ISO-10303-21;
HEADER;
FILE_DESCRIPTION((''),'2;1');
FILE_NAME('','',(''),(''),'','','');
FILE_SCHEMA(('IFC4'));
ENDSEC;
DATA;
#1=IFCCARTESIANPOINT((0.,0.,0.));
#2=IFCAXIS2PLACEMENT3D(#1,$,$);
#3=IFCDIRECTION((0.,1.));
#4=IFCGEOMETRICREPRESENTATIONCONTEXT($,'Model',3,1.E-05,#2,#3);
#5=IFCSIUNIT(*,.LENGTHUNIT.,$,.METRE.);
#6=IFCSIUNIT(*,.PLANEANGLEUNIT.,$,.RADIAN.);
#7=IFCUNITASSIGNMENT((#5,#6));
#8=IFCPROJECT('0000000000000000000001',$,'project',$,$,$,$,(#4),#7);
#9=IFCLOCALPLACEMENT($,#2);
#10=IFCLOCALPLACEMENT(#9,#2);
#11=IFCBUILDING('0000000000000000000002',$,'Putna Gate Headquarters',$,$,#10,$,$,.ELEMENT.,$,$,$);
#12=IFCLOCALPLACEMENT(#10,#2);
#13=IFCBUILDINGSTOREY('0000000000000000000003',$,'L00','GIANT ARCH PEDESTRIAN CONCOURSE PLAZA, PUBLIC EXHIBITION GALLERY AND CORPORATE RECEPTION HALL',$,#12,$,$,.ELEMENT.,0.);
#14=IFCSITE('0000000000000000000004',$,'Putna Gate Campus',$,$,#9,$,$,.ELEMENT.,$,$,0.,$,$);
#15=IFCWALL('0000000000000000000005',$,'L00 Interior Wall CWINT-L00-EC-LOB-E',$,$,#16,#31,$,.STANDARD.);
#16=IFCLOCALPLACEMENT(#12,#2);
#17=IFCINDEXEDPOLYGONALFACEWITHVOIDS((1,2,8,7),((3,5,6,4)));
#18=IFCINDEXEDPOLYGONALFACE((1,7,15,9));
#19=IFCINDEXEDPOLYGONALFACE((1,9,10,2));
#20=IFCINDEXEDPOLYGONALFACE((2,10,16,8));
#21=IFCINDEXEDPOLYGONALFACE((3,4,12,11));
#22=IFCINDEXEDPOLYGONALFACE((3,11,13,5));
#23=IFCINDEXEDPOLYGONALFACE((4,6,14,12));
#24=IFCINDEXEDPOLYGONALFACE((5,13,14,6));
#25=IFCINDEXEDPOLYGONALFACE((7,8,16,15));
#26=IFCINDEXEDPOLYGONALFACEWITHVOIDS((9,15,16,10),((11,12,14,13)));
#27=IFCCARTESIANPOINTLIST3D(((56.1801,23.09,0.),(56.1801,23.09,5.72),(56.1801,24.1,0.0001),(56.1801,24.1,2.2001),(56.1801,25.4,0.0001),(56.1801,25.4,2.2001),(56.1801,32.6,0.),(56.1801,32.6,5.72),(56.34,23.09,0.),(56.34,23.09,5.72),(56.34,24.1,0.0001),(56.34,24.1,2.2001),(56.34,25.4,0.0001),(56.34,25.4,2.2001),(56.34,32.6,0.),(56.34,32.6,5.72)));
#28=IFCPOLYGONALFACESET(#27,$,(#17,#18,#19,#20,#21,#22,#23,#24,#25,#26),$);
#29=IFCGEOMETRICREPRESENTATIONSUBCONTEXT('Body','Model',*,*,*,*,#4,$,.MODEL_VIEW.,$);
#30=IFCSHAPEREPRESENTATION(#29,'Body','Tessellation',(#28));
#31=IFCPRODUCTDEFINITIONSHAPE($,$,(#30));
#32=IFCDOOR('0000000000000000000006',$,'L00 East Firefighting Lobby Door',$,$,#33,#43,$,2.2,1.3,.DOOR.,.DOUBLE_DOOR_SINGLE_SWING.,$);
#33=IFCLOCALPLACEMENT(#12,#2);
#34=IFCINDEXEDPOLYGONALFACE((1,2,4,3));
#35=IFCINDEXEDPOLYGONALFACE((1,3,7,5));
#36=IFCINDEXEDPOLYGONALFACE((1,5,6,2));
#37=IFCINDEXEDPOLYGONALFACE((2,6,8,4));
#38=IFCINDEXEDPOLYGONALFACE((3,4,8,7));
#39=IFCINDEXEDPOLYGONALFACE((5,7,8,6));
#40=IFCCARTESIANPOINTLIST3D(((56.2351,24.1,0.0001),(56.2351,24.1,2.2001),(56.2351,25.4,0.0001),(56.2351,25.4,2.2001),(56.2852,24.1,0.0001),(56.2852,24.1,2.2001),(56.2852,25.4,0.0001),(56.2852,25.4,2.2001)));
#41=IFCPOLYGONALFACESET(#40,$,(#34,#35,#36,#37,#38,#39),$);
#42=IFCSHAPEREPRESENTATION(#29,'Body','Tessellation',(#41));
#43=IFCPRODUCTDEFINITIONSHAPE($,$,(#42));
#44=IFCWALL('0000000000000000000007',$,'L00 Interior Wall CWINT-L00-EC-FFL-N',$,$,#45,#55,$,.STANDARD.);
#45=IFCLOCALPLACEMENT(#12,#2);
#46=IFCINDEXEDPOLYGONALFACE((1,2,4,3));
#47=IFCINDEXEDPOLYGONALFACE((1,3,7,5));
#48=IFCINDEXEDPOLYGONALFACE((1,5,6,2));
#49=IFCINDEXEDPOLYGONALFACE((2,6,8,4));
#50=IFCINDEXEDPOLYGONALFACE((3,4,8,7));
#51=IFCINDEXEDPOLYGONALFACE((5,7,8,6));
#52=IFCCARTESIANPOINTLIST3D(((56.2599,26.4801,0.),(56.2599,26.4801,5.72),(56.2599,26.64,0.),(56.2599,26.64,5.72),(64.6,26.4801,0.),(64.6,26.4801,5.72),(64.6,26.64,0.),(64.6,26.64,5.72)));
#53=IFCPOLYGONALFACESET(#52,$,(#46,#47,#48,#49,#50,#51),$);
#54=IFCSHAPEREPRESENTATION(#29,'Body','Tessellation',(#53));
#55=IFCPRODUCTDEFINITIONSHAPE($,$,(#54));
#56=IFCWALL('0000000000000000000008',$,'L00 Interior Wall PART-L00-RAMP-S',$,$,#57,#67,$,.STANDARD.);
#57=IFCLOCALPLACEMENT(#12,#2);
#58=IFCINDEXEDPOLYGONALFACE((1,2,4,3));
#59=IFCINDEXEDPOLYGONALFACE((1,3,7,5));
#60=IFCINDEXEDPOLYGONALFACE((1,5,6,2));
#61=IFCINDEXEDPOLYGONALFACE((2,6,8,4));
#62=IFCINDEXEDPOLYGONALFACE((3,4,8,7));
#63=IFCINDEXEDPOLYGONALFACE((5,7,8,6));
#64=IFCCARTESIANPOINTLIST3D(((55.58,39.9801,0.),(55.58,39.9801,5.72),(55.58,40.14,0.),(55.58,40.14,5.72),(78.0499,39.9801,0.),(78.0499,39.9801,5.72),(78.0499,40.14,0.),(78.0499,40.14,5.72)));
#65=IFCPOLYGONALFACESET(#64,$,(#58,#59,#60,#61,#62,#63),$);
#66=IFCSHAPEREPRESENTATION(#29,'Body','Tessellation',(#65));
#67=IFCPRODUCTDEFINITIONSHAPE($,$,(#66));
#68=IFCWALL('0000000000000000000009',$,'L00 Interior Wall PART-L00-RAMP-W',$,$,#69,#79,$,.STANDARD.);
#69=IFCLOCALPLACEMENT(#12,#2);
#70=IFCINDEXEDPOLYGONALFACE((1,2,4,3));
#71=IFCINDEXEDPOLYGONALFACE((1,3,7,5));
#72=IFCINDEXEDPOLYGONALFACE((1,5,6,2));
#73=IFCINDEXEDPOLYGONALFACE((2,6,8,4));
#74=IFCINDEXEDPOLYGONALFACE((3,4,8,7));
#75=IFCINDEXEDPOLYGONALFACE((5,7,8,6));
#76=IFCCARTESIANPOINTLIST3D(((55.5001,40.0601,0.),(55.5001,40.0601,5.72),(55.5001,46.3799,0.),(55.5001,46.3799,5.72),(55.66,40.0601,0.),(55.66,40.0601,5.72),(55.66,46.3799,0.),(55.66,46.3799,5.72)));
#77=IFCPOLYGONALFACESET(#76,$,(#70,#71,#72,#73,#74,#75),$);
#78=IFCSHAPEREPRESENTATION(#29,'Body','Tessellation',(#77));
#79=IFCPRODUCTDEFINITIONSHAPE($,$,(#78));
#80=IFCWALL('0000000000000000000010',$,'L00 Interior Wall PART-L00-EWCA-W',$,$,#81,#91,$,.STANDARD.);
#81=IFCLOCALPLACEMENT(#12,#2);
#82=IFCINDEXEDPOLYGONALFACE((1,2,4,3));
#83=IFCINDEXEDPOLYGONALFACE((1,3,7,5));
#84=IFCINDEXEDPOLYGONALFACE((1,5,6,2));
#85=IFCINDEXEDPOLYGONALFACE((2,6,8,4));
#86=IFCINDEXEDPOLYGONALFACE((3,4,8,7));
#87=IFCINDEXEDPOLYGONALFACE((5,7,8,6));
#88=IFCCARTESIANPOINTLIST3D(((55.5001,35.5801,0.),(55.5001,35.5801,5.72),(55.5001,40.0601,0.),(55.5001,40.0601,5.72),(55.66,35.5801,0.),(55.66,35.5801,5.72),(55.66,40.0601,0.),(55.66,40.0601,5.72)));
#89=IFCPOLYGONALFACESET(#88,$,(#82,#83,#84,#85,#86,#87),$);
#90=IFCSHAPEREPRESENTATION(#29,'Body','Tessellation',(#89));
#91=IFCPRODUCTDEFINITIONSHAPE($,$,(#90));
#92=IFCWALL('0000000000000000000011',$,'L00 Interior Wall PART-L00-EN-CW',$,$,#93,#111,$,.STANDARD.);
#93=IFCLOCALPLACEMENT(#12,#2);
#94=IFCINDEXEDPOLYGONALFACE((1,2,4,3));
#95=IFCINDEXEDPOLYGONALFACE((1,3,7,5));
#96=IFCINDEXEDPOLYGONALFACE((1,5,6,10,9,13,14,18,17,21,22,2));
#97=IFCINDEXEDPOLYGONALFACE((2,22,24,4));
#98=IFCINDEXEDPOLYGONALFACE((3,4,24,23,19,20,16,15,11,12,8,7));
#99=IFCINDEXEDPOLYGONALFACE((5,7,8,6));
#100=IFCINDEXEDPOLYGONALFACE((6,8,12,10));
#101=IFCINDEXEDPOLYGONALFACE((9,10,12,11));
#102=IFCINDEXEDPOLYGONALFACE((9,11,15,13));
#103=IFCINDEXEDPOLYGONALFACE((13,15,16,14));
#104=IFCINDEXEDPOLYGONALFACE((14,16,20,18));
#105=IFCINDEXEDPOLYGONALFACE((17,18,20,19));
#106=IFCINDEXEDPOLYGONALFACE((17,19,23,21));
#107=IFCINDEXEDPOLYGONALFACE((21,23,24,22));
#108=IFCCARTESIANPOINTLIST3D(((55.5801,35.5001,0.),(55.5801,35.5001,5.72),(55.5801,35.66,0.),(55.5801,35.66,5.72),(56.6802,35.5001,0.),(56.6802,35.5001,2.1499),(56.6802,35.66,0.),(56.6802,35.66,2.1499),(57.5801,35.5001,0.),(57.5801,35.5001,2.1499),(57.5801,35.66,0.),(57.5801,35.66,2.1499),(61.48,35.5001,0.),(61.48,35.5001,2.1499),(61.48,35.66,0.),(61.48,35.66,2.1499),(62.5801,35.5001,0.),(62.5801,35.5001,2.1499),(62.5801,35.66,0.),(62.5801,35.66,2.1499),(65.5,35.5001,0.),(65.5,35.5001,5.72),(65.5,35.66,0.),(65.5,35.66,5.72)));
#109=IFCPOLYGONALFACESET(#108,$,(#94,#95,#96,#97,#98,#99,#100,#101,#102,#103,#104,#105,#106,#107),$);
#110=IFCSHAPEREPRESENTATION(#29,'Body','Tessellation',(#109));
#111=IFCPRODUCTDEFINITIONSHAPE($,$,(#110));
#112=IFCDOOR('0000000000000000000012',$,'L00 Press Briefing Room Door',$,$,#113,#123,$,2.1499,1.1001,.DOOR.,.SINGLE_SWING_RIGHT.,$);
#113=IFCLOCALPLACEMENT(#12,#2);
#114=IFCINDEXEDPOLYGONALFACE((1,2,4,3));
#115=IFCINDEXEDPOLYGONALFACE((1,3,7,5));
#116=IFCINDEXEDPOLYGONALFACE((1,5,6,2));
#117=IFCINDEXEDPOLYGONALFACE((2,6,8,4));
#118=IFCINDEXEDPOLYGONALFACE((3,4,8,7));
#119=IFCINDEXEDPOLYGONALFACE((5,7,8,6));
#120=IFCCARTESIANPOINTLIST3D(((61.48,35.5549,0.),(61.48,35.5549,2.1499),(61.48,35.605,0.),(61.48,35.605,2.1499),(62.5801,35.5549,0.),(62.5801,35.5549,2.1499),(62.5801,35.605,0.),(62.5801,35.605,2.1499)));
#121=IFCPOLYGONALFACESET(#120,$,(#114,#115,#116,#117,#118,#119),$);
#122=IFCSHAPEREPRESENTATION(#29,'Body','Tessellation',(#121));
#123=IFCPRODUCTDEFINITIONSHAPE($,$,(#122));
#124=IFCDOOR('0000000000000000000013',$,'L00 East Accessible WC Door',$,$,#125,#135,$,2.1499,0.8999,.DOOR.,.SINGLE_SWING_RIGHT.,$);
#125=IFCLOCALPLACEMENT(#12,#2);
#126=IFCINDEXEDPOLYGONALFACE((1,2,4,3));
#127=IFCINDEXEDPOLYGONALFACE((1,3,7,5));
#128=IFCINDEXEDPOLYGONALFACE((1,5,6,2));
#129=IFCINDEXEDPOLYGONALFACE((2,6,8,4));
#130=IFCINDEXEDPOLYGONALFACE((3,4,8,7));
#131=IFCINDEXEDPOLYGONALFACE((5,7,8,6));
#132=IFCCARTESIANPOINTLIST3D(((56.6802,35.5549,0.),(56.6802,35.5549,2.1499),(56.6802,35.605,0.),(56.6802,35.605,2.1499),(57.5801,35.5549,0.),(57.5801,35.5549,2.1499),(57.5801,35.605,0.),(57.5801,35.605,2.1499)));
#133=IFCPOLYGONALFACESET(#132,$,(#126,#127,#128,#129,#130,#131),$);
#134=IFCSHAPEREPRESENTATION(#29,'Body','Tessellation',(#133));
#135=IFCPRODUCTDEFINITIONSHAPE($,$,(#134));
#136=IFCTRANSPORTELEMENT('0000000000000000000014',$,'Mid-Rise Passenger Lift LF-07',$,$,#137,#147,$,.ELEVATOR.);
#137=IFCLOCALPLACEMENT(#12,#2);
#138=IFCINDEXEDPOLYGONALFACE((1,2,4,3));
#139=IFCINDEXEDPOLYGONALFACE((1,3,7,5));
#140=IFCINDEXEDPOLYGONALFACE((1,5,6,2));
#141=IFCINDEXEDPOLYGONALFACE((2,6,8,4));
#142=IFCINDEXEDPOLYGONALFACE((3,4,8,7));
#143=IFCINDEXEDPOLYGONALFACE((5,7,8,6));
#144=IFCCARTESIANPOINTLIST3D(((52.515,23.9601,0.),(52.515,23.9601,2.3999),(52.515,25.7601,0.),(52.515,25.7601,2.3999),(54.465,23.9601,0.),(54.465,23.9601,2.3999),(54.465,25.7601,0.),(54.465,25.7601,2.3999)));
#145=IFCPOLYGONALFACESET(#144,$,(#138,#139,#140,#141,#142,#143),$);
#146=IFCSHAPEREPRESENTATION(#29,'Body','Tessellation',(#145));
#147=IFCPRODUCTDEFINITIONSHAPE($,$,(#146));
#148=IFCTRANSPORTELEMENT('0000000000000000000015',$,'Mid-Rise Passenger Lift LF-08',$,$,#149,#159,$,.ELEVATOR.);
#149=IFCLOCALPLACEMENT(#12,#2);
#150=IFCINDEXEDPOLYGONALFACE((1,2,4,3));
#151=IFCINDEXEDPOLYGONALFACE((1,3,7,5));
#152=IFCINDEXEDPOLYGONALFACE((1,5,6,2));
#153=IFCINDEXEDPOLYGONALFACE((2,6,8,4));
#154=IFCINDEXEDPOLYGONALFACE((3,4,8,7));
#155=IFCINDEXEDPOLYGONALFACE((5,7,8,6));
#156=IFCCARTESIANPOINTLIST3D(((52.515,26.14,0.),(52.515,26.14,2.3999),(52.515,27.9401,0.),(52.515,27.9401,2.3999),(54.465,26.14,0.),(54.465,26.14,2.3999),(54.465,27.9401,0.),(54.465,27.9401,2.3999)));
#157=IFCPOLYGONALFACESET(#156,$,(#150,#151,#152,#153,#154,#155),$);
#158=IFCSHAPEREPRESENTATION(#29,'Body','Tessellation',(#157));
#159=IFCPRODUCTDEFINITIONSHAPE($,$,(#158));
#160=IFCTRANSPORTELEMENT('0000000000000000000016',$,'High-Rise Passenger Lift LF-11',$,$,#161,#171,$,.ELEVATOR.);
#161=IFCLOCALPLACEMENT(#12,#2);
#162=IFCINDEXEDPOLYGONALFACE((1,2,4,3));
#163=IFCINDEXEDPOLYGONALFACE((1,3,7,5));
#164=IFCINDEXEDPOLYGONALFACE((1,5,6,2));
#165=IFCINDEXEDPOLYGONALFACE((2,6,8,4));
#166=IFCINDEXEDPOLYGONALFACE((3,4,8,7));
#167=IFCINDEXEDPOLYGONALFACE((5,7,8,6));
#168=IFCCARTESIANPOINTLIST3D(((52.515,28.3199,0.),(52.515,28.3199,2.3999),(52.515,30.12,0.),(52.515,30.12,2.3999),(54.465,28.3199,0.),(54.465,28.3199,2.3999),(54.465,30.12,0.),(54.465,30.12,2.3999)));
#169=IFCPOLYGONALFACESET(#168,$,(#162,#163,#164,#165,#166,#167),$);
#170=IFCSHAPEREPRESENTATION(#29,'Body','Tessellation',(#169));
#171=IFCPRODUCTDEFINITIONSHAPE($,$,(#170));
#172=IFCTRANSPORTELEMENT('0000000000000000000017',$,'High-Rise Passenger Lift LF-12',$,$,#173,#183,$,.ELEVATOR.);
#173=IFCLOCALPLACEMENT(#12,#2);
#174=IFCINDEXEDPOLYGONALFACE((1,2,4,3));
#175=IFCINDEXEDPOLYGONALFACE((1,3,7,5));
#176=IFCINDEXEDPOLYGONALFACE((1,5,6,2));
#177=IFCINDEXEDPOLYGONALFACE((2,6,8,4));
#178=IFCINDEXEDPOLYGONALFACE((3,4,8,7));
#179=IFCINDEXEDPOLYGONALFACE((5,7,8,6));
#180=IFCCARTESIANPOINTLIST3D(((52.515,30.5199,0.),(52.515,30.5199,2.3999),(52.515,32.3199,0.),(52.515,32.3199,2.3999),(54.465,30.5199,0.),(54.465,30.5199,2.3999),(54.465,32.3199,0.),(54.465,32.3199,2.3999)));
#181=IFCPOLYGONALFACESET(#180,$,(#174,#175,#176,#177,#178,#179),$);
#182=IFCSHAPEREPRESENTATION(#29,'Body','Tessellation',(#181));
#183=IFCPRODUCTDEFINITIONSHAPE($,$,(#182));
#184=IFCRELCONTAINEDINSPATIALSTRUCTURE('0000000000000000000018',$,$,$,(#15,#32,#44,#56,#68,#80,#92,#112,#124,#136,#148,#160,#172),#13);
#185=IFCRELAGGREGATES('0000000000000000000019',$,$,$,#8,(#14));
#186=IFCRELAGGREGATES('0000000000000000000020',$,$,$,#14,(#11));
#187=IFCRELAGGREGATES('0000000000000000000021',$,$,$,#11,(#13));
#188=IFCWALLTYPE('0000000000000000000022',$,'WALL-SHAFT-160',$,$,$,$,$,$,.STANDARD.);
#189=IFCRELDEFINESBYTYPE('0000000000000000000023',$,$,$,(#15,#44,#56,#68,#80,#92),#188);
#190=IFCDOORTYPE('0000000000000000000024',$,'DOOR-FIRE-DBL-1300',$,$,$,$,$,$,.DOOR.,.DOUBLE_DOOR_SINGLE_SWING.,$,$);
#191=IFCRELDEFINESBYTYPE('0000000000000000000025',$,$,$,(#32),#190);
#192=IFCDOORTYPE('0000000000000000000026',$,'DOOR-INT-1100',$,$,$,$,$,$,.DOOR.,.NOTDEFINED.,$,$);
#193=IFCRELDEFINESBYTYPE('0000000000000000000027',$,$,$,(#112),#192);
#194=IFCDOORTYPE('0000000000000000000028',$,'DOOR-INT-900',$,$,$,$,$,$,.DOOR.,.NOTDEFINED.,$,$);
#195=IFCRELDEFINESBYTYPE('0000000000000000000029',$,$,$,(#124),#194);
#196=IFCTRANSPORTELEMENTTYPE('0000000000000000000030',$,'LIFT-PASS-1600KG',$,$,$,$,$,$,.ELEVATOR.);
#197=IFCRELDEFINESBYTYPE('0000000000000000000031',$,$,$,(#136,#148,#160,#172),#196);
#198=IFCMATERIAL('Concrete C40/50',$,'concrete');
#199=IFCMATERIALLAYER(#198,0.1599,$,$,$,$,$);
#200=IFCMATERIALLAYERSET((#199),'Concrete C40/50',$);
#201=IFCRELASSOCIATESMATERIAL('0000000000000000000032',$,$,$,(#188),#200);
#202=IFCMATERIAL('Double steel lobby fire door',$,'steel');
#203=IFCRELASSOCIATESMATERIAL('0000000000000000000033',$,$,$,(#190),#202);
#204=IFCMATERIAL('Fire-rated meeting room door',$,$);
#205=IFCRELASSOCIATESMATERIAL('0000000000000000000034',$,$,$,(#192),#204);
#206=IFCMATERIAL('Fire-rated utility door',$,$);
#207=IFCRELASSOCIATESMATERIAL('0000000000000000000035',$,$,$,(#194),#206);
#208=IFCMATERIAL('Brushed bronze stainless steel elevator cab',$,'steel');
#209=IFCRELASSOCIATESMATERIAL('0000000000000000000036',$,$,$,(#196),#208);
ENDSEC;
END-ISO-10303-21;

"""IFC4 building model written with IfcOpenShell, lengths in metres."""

from ifc_helpers import new_model, si_unit, direction, frame, frame_2d, origin, origin_2d, place, context, subcontext, project, spatial, rectangle, extrude, material, layer, layer_set, type_object, element, fill, save


model = new_model("IFC4")

# Units and contexts
model_context = context("Model", 3, precision=1e-05, world=origin(), true_north=direction((0.0, 1.0)))
body_context = subcontext(model_context, "Body", "Model", "MODEL_VIEW")
ifc_project = project(units=[si_unit("LENGTHUNIT", "METRE"), si_unit("PLANEANGLEUNIT", "RADIAN")], contexts=[model_context])

# Site, building, storey
site_placement = place(None, origin())
site = spatial("IfcSite", under=ifc_project, at=site_placement, Name="Putna Gate Campus", CompositionType="ELEMENT", RefElevation=0.0)
building_placement = place(site_placement, origin())
building = spatial("IfcBuilding", under=site, at=building_placement, Name="Putna Gate Headquarters", CompositionType="ELEMENT")
storey_placement = place(building_placement, origin())
storey = spatial("IfcBuildingStorey", under=building, at=storey_placement, Name="L00", Description="GIANT ARCH PEDESTRIAN CONCOURSE PLAZA, PUBLIC EXHIBITION GALLERY AND CORPORATE RECEPTION HALL", CompositionType="ELEMENT", Elevation=0.0)

# Wall, opening, door
ifc_material_1 = material(Name="Concrete C40/50", Category="concrete")
ifc_layer_1 = layer(ifc_material_1, 0.1599)
ifc_layer_set_1 = layer_set([ifc_layer_1], Name="Concrete C40/50")
wall_type_1 = type_object("IfcWallType", Name="WALL-SHAFT-160", PredefinedType="STANDARD", material=ifc_layer_set_1)
wall_1_placement = place(storey_placement, frame((56.26, 23.0901, 0.0), z_axis=(0.0, 0.0, 1.0), x_axis=(0.0, 1.0, 0.0)))
wall_1 = element("IfcWall", 1, at=wall_1_placement, inside=storey, type_object=wall_type_1, Name="L00 Interior Wall CWINT-L00-EC-LOB-E", PredefinedType="STANDARD", context=body_context, shape_type="SweptSolid", body=[
    extrude(rectangle(XDim=9.51, YDim=0.1599, at=frame_2d((4.7549, 0.0))), origin(), (0.0, 0.0, 1.0), 5.72),
])
opening_1_placement = place(wall_1_placement, frame((1.01, 0.0, 0.0)))
opening_1 = element("IfcOpeningElement", 2, at=opening_1_placement, cuts=wall_1, PredefinedType="OPENING", context=body_context, shape_type="SweptSolid", body=[
    extrude(rectangle(XDim=1.3, YDim=2.2, at=frame_2d((0.6499, 1.1001))), frame((0.0, 0.0898, 0.0), z_axis=(0.0, -1.0, 0.0), x_axis=(1.0, 0.0, 0.0)), (0.0, 0.0, 1.0), 0.1799),
])
ifc_material_2 = material(Name="Double steel lobby fire door", Category="steel")
door_type_1 = type_object("IfcDoorType", Name="DOOR-FIRE-DBL-1300", OperationType="DOUBLE_DOOR_SINGLE_SWING", PredefinedType="DOOR", material=ifc_material_2)
door_1_placement = place(opening_1_placement, origin())
door_1 = element("IfcDoor", 3, at=door_1_placement, inside=storey, type_object=door_type_1, Name="L00 East Firefighting Lobby Door", OperationType="DOUBLE_DOOR_SINGLE_SWING", OverallHeight=2.2, OverallWidth=1.3, PredefinedType="DOOR", context=body_context, shape_type="SweptSolid", body=[
    extrude(rectangle(XDim=1.3, YDim=2.2, at=frame_2d((0.6499, 1.1001))), frame((0.0, 0.0249, 0.0), z_axis=(0.0, -1.0, 0.0), x_axis=(1.0, 0.0, 0.0)), (0.0, 0.0, 1.0), 0.05),
])
fill(opening_1, door_1)

# Walls
wall_2_placement = place(storey_placement, frame((56.26, 26.5601, 0.0), z_axis=(0.0, 0.0, 1.0), x_axis=(1.0, 0.0, 0.0)))
element("IfcWall", 4, at=wall_2_placement, inside=storey, type_object=wall_type_1, Name="L00 Interior Wall CWINT-L00-EC-FFL-N", PredefinedType="STANDARD", context=body_context, shape_type="SweptSolid", body=[
    extrude(rectangle(XDim=8.3401, YDim=0.1599, at=frame_2d((4.1699, 0.0))), origin(), (0.0, 0.0, 1.0), 5.72),
])
wall_3_placement = place(storey_placement, frame((55.5801, 40.0601, 0.0), z_axis=(0.0, 0.0, 1.0), x_axis=(1.0, 0.0, 0.0)))
element("IfcWall", 5, at=wall_3_placement, inside=storey, type_object=wall_type_1, Name="L00 Interior Wall PART-L00-RAMP-S", PredefinedType="STANDARD", context=body_context, shape_type="SweptSolid", body=[
    extrude(rectangle(XDim=22.47, YDim=0.1599, at=frame_2d((11.2349, 0.0))), origin(), (0.0, 0.0, 1.0), 5.72),
])
wall_4_placement = place(storey_placement, frame((55.5801, 40.0601, 0.0), z_axis=(0.0, 0.0, 1.0), x_axis=(0.0, 1.0, 0.0)))
element("IfcWall", 6, at=wall_4_placement, inside=storey, type_object=wall_type_1, Name="L00 Interior Wall PART-L00-RAMP-W", PredefinedType="STANDARD", context=body_context, shape_type="SweptSolid", body=[
    extrude(rectangle(XDim=6.3198, YDim=0.1599, at=frame_2d((3.1599, 0.0))), origin(), (0.0, 0.0, 1.0), 5.72),
])
wall_5_placement = place(storey_placement, frame((55.5801, 35.5801, 0.0), z_axis=(0.0, 0.0, 1.0), x_axis=(0.0, 1.0, 0.0)))
element("IfcWall", 7, at=wall_5_placement, inside=storey, type_object=wall_type_1, Name="L00 Interior Wall PART-L00-EWCA-W", PredefinedType="STANDARD", context=body_context, shape_type="SweptSolid", body=[
    extrude(rectangle(XDim=4.48, YDim=0.1599, at=frame_2d((2.24, 0.0))), origin(), (0.0, 0.0, 1.0), 5.72),
])

# Wall, openings, doors
wall_6_placement = place(storey_placement, frame((55.5801, 35.5801, 0.0), z_axis=(0.0, 0.0, 1.0), x_axis=(1.0, 0.0, 0.0)))
wall_6 = element("IfcWall", 8, at=wall_6_placement, inside=storey, type_object=wall_type_1, Name="L00 Interior Wall PART-L00-EN-CW", PredefinedType="STANDARD", context=body_context, shape_type="SweptSolid", body=[
    extrude(rectangle(XDim=9.9199, YDim=0.1599, at=frame_2d((4.96, 0.0))), origin(), (0.0, 0.0, 1.0), 5.72),
])
opening_2_placement = place(wall_6_placement, frame((1.1001, 0.0, 0.0)))
opening_2 = element("IfcOpeningElement", 9, at=opening_2_placement, cuts=wall_6, PredefinedType="OPENING", context=body_context, shape_type="SweptSolid", body=[
    extrude(rectangle(XDim=0.8999, YDim=2.1499, at=frame_2d((0.45, 1.075))), frame((0.0, 0.0898, 0.0), z_axis=(0.0, -1.0, 0.0), x_axis=(1.0, 0.0, 0.0)), (0.0, 0.0, 1.0), 0.1799),
])
opening_3_placement = place(wall_6_placement, frame((5.8999, 0.0, 0.0)))
opening_3 = element("IfcOpeningElement", 10, at=opening_3_placement, cuts=wall_6, PredefinedType="OPENING", context=body_context, shape_type="SweptSolid", body=[
    extrude(rectangle(XDim=1.1001, YDim=2.1499, at=frame_2d((0.55, 1.075))), frame((0.0, 0.0898, 0.0), z_axis=(0.0, -1.0, 0.0), x_axis=(1.0, 0.0, 0.0)), (0.0, 0.0, 1.0), 0.1799),
])
ifc_material_3 = material(Name="Fire-rated meeting room door")
door_type_2 = type_object("IfcDoorType", Name="DOOR-INT-1100", OperationType="NOTDEFINED", PredefinedType="DOOR", material=ifc_material_3)
door_2_placement = place(opening_3_placement, origin())
door_2 = element("IfcDoor", 11, at=door_2_placement, inside=storey, type_object=door_type_2, Name="L00 Press Briefing Room Door", OperationType="SINGLE_SWING_RIGHT", OverallHeight=2.1499, OverallWidth=1.1001, PredefinedType="DOOR", context=body_context, shape_type="SweptSolid", body=[
    extrude(rectangle(XDim=1.1001, YDim=2.1499, at=frame_2d((0.55, 1.075))), frame((0.0, 0.0249, 0.0), z_axis=(0.0, -1.0, 0.0), x_axis=(1.0, 0.0, 0.0)), (0.0, 0.0, 1.0), 0.05),
])
fill(opening_3, door_2)
ifc_material_4 = material(Name="Fire-rated utility door")
door_type_3 = type_object("IfcDoorType", Name="DOOR-INT-900", OperationType="NOTDEFINED", PredefinedType="DOOR", material=ifc_material_4)
door_3_placement = place(opening_2_placement, origin())
door_3 = element("IfcDoor", 12, at=door_3_placement, inside=storey, type_object=door_type_3, Name="L00 East Accessible WC Door", OperationType="SINGLE_SWING_RIGHT", OverallHeight=2.1499, OverallWidth=0.8999, PredefinedType="DOOR", context=body_context, shape_type="SweptSolid", body=[
    extrude(rectangle(XDim=0.8999, YDim=2.1499, at=frame_2d((0.45, 1.075))), frame((0.0, 0.0249, 0.0), z_axis=(0.0, -1.0, 0.0), x_axis=(1.0, 0.0, 0.0)), (0.0, 0.0, 1.0), 0.05),
])
fill(opening_2, door_3)

# Transport elements
ifc_material_5 = material(Name="Brushed bronze stainless steel elevator cab", Category="steel")
transport_element_type = type_object("IfcTransportElementType", Name="LIFT-PASS-1600KG", PredefinedType="ELEVATOR", material=ifc_material_5)
for number, where, z_axis, x_axis, name in (
    (13, (53.49, 24.8601, 0.0), (0.0, 0.0, 1.0), (1.0, 0.0, 0.0), "Mid-Rise Passenger Lift LF-07"),
    (14, (53.49, 27.04, 0.0), (0.0, 0.0, 1.0), (1.0, 0.0, 0.0), "Mid-Rise Passenger Lift LF-08"),
    (15, (53.49, 29.22, 0.0), (0.0, 0.0, 1.0), (1.0, 0.0, 0.0), "High-Rise Passenger Lift LF-11"),
    (16, (53.49, 31.4199, 0.0), (0.0, 0.0, 1.0), (1.0, 0.0, 0.0), "High-Rise Passenger Lift LF-12"),
):
    element("IfcTransportElement", number, at=place(storey_placement, frame(where, z_axis=z_axis, x_axis=x_axis)), inside=storey, type_object=transport_element_type, Name=name, PredefinedType="ELEVATOR", context=body_context, shape_type="SweptSolid", body=[
        extrude(rectangle(XDim=1.95, YDim=1.8, at=origin_2d()), origin(), (0.0, 0.0, 1.0), 2.3999),
    ])

save(model, "model.ifc")
